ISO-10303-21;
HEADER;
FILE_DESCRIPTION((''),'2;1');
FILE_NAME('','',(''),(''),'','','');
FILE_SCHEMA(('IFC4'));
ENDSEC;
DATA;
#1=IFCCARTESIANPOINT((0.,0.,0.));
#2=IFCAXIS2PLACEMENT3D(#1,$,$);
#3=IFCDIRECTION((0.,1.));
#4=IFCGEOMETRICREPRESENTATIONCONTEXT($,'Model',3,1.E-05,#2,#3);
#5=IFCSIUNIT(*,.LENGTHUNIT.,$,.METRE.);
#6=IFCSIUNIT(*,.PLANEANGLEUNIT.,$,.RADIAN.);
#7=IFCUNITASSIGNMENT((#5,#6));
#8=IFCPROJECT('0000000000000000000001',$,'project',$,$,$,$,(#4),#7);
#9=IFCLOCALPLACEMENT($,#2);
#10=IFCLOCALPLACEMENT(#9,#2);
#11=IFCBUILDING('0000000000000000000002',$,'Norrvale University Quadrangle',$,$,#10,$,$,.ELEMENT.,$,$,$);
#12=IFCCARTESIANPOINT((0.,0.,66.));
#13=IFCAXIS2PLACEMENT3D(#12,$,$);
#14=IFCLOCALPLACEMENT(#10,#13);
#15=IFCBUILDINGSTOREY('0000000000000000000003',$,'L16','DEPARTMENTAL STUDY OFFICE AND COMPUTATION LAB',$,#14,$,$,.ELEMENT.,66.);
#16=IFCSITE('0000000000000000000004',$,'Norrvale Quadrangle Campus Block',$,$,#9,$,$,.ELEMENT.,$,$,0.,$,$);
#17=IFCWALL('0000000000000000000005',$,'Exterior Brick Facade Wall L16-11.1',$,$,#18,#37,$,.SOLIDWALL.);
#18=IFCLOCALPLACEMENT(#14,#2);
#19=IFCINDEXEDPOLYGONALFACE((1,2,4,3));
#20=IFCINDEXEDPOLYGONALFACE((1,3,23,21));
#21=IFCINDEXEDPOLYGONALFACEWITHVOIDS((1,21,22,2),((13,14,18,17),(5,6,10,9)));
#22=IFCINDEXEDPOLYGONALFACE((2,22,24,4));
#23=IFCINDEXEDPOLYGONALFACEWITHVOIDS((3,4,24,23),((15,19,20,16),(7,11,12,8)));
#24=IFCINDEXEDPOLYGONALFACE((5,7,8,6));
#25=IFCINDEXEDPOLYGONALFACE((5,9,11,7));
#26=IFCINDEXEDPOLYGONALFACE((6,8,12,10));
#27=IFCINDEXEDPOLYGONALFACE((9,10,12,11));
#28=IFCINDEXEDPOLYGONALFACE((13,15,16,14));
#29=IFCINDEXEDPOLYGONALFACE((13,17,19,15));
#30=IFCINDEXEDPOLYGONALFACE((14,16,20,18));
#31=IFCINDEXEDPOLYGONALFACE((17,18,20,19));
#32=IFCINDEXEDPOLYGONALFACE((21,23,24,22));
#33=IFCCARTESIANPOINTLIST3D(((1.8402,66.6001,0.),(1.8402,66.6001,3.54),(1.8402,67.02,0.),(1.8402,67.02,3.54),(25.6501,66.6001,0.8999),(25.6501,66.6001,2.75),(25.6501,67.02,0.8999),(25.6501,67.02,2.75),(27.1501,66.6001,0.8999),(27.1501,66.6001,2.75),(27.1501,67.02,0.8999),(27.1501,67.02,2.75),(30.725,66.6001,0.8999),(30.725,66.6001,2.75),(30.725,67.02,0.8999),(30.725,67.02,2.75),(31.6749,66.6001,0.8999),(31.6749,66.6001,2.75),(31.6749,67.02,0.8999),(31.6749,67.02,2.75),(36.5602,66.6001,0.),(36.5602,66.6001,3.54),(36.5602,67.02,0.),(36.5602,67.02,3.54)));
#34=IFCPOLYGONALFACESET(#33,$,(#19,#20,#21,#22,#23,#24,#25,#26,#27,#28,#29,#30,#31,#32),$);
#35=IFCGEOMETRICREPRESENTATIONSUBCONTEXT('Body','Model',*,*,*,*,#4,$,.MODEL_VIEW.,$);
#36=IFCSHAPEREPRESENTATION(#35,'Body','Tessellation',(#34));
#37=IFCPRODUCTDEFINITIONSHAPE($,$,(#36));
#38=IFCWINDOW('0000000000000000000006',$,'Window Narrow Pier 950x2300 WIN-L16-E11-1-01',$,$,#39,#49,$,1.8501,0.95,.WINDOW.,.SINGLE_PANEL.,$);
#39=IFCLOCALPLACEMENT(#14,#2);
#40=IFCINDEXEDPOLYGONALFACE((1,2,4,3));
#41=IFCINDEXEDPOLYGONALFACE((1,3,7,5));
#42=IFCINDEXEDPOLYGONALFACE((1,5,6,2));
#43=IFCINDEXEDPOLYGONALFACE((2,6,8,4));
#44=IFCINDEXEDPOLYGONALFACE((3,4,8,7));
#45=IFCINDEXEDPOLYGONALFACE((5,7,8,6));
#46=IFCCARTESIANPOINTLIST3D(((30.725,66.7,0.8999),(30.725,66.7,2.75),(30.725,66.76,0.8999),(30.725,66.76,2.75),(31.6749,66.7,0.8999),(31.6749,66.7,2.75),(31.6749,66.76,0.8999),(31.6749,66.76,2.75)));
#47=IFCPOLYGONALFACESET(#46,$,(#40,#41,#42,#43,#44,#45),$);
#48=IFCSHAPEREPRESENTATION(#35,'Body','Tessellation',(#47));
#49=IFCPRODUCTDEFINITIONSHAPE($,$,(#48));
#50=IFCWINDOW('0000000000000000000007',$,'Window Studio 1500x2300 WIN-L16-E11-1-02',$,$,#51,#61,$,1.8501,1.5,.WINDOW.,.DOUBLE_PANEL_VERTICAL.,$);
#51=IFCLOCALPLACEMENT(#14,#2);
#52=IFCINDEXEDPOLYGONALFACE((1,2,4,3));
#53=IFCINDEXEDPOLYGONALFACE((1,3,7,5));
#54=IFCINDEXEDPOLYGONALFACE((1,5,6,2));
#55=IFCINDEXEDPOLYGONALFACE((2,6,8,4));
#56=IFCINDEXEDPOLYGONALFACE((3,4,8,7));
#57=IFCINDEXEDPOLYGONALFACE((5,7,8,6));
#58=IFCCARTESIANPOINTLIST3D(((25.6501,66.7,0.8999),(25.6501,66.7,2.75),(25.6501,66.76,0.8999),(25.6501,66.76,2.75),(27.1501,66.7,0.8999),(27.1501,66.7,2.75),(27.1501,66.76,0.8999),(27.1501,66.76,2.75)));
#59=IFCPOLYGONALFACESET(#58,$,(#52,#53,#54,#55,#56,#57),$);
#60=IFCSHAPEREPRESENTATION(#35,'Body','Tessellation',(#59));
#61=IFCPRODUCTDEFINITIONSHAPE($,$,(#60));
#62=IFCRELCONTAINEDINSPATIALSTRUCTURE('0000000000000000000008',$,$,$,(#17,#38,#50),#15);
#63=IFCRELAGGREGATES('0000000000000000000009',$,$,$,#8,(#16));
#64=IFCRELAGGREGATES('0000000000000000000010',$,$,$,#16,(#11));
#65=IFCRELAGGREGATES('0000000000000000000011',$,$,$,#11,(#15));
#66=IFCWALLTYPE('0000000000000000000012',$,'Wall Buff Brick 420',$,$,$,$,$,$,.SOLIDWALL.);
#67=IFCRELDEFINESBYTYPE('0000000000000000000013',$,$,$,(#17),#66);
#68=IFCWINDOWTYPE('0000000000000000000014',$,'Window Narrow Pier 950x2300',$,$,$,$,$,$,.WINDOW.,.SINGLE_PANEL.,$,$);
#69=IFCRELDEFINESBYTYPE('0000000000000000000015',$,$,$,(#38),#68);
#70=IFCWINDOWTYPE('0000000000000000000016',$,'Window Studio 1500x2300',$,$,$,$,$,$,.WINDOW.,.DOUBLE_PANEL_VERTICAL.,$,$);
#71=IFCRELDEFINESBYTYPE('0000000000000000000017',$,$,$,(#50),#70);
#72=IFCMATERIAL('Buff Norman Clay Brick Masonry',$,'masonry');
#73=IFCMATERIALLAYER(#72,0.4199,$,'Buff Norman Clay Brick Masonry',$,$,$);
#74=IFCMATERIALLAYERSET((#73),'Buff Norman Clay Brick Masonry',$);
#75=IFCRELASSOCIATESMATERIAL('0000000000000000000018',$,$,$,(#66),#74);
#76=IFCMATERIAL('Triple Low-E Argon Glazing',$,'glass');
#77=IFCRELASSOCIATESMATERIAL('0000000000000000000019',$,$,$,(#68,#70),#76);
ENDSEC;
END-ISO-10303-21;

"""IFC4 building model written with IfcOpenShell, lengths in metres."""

from ifc_helpers import new_model, si_unit, direction, frame, frame_2d, origin, place, context, subcontext, project, spatial, rectangle, extrude, material, layer, layer_set, type_object, element, fill, save


model = new_model("IFC4")

# Units and contexts
model_context = context("Model", 3, precision=1e-05, world=origin(), true_north=direction((0.0, 1.0)))
body_context = subcontext(model_context, "Body", "Model", "MODEL_VIEW")
ifc_project = project(units=[si_unit("LENGTHUNIT", "METRE"), si_unit("PLANEANGLEUNIT", "RADIAN")], contexts=[model_context])

# Site, building, storey
site_placement = place(None, origin())
site = spatial("IfcSite", under=ifc_project, at=site_placement, Name="Norrvale Quadrangle Campus Block", CompositionType="ELEMENT", RefElevation=0.0)
building_placement = place(site_placement, origin())
building = spatial("IfcBuilding", under=site, at=building_placement, Name="Norrvale University Quadrangle", CompositionType="ELEMENT")
storey_placement = place(building_placement, frame((0.0, 0.0, 66.0)))
storey = spatial("IfcBuildingStorey", under=building, at=storey_placement, Name="L16", Description="DEPARTMENTAL STUDY OFFICE AND COMPUTATION LAB", CompositionType="ELEMENT", Elevation=66.0)

# Shared definitions
ifc_material_1 = material(Name="Buff Norman Clay Brick Masonry", Category="masonry")
ifc_layer = layer(ifc_material_1, 0.4199, Name="Buff Norman Clay Brick Masonry")
ifc_layer_set = layer_set([ifc_layer], Name="Buff Norman Clay Brick Masonry")
wall_type = type_object("IfcWallType", Name="Wall Buff Brick 420", PredefinedType="SOLIDWALL", material=ifc_layer_set)

# Wall, openings, windows
wall_placement = place(storey_placement, frame((36.5601, 66.8101, 0.0), z_axis=(0.0, 0.0, 1.0), x_axis=(-1.0, 0.0, 0.0)))
wall = element("IfcWall", 1, at=wall_placement, inside=storey, type_object=wall_type, Name="Exterior Brick Facade Wall L16-11.1", PredefinedType="SOLIDWALL", context=body_context, shape_type="SweptSolid", body=[
    extrude(rectangle(XDim=34.72, YDim=0.4199, at=frame_2d((17.3599, 0.0))), origin(), (0.0, 0.0, 1.0), 3.54),
])
opening_1_placement = place(wall_placement, frame((4.885, 0.0, 0.8999)))
opening_1 = element("IfcOpeningElement", 2, at=opening_1_placement, cuts=wall, PredefinedType="OPENING", context=body_context, shape_type="SweptSolid", body=[
    extrude(rectangle(XDim=0.95, YDim=1.8501, at=frame_2d((0.4751, 0.925))), frame((0.0, 0.2219, 0.0), z_axis=(0.0, -1.0, 0.0), x_axis=(1.0, 0.0, 0.0)), (0.0, 0.0, 1.0), 0.4438),
])
opening_2_placement = place(wall_placement, frame((9.4099, 0.0, 0.8999)))
opening_2 = element("IfcOpeningElement", 3, at=opening_2_placement, cuts=wall, PredefinedType="OPENING", context=body_context, shape_type="SweptSolid", body=[
    extrude(rectangle(XDim=1.5, YDim=1.8501, at=frame_2d((0.75, 0.925))), frame((0.0, 0.2219, 0.0), z_axis=(0.0, -1.0, 0.0), x_axis=(1.0, 0.0, 0.0)), (0.0, 0.0, 1.0), 0.4438),
])
ifc_material_2 = material(Name="Triple Low-E Argon Glazing", Category="glass")
window_type_1 = type_object("IfcWindowType", Name="Window Narrow Pier 950x2300", PartitioningType="SINGLE_PANEL", PredefinedType="WINDOW", material=ifc_material_2)
window_1_placement = place(opening_1_placement, origin())
window_1 = element("IfcWindow", 4, at=window_1_placement, inside=storey, type_object=window_type_1, Name="Window Narrow Pier 950x2300 WIN-L16-E11-1-01", OverallHeight=1.8501, OverallWidth=0.95, PartitioningType="SINGLE_PANEL", PredefinedType="WINDOW", context=body_context, shape_type="SweptSolid", body=[
    extrude(rectangle(XDim=0.95, YDim=1.8501, at=frame_2d((0.4751, 0.925))), frame((0.0, 0.1101, 0.0), z_axis=(0.0, -1.0, 0.0), x_axis=(1.0, 0.0, 0.0)), (0.0, 0.0, 1.0), 0.0601),
])
fill(opening_1, window_1)
window_type_2 = type_object("IfcWindowType", Name="Window Studio 1500x2300", PartitioningType="DOUBLE_PANEL_VERTICAL", PredefinedType="WINDOW", material=ifc_material_2)
window_2_placement = place(opening_2_placement, origin())
window_2 = element("IfcWindow", 5, at=window_2_placement, inside=storey, type_object=window_type_2, Name="Window Studio 1500x2300 WIN-L16-E11-1-02", OverallHeight=1.8501, OverallWidth=1.5, PartitioningType="DOUBLE_PANEL_VERTICAL", PredefinedType="WINDOW", context=body_context, shape_type="SweptSolid", body=[
    extrude(rectangle(XDim=1.5, YDim=1.8501, at=frame_2d((0.75, 0.925))), frame((0.0, 0.1101, 0.0), z_axis=(0.0, -1.0, 0.0), x_axis=(1.0, 0.0, 0.0)), (0.0, 0.0, 1.0), 0.0601),
])
fill(opening_2, window_2)

save(model, "model.ifc")
